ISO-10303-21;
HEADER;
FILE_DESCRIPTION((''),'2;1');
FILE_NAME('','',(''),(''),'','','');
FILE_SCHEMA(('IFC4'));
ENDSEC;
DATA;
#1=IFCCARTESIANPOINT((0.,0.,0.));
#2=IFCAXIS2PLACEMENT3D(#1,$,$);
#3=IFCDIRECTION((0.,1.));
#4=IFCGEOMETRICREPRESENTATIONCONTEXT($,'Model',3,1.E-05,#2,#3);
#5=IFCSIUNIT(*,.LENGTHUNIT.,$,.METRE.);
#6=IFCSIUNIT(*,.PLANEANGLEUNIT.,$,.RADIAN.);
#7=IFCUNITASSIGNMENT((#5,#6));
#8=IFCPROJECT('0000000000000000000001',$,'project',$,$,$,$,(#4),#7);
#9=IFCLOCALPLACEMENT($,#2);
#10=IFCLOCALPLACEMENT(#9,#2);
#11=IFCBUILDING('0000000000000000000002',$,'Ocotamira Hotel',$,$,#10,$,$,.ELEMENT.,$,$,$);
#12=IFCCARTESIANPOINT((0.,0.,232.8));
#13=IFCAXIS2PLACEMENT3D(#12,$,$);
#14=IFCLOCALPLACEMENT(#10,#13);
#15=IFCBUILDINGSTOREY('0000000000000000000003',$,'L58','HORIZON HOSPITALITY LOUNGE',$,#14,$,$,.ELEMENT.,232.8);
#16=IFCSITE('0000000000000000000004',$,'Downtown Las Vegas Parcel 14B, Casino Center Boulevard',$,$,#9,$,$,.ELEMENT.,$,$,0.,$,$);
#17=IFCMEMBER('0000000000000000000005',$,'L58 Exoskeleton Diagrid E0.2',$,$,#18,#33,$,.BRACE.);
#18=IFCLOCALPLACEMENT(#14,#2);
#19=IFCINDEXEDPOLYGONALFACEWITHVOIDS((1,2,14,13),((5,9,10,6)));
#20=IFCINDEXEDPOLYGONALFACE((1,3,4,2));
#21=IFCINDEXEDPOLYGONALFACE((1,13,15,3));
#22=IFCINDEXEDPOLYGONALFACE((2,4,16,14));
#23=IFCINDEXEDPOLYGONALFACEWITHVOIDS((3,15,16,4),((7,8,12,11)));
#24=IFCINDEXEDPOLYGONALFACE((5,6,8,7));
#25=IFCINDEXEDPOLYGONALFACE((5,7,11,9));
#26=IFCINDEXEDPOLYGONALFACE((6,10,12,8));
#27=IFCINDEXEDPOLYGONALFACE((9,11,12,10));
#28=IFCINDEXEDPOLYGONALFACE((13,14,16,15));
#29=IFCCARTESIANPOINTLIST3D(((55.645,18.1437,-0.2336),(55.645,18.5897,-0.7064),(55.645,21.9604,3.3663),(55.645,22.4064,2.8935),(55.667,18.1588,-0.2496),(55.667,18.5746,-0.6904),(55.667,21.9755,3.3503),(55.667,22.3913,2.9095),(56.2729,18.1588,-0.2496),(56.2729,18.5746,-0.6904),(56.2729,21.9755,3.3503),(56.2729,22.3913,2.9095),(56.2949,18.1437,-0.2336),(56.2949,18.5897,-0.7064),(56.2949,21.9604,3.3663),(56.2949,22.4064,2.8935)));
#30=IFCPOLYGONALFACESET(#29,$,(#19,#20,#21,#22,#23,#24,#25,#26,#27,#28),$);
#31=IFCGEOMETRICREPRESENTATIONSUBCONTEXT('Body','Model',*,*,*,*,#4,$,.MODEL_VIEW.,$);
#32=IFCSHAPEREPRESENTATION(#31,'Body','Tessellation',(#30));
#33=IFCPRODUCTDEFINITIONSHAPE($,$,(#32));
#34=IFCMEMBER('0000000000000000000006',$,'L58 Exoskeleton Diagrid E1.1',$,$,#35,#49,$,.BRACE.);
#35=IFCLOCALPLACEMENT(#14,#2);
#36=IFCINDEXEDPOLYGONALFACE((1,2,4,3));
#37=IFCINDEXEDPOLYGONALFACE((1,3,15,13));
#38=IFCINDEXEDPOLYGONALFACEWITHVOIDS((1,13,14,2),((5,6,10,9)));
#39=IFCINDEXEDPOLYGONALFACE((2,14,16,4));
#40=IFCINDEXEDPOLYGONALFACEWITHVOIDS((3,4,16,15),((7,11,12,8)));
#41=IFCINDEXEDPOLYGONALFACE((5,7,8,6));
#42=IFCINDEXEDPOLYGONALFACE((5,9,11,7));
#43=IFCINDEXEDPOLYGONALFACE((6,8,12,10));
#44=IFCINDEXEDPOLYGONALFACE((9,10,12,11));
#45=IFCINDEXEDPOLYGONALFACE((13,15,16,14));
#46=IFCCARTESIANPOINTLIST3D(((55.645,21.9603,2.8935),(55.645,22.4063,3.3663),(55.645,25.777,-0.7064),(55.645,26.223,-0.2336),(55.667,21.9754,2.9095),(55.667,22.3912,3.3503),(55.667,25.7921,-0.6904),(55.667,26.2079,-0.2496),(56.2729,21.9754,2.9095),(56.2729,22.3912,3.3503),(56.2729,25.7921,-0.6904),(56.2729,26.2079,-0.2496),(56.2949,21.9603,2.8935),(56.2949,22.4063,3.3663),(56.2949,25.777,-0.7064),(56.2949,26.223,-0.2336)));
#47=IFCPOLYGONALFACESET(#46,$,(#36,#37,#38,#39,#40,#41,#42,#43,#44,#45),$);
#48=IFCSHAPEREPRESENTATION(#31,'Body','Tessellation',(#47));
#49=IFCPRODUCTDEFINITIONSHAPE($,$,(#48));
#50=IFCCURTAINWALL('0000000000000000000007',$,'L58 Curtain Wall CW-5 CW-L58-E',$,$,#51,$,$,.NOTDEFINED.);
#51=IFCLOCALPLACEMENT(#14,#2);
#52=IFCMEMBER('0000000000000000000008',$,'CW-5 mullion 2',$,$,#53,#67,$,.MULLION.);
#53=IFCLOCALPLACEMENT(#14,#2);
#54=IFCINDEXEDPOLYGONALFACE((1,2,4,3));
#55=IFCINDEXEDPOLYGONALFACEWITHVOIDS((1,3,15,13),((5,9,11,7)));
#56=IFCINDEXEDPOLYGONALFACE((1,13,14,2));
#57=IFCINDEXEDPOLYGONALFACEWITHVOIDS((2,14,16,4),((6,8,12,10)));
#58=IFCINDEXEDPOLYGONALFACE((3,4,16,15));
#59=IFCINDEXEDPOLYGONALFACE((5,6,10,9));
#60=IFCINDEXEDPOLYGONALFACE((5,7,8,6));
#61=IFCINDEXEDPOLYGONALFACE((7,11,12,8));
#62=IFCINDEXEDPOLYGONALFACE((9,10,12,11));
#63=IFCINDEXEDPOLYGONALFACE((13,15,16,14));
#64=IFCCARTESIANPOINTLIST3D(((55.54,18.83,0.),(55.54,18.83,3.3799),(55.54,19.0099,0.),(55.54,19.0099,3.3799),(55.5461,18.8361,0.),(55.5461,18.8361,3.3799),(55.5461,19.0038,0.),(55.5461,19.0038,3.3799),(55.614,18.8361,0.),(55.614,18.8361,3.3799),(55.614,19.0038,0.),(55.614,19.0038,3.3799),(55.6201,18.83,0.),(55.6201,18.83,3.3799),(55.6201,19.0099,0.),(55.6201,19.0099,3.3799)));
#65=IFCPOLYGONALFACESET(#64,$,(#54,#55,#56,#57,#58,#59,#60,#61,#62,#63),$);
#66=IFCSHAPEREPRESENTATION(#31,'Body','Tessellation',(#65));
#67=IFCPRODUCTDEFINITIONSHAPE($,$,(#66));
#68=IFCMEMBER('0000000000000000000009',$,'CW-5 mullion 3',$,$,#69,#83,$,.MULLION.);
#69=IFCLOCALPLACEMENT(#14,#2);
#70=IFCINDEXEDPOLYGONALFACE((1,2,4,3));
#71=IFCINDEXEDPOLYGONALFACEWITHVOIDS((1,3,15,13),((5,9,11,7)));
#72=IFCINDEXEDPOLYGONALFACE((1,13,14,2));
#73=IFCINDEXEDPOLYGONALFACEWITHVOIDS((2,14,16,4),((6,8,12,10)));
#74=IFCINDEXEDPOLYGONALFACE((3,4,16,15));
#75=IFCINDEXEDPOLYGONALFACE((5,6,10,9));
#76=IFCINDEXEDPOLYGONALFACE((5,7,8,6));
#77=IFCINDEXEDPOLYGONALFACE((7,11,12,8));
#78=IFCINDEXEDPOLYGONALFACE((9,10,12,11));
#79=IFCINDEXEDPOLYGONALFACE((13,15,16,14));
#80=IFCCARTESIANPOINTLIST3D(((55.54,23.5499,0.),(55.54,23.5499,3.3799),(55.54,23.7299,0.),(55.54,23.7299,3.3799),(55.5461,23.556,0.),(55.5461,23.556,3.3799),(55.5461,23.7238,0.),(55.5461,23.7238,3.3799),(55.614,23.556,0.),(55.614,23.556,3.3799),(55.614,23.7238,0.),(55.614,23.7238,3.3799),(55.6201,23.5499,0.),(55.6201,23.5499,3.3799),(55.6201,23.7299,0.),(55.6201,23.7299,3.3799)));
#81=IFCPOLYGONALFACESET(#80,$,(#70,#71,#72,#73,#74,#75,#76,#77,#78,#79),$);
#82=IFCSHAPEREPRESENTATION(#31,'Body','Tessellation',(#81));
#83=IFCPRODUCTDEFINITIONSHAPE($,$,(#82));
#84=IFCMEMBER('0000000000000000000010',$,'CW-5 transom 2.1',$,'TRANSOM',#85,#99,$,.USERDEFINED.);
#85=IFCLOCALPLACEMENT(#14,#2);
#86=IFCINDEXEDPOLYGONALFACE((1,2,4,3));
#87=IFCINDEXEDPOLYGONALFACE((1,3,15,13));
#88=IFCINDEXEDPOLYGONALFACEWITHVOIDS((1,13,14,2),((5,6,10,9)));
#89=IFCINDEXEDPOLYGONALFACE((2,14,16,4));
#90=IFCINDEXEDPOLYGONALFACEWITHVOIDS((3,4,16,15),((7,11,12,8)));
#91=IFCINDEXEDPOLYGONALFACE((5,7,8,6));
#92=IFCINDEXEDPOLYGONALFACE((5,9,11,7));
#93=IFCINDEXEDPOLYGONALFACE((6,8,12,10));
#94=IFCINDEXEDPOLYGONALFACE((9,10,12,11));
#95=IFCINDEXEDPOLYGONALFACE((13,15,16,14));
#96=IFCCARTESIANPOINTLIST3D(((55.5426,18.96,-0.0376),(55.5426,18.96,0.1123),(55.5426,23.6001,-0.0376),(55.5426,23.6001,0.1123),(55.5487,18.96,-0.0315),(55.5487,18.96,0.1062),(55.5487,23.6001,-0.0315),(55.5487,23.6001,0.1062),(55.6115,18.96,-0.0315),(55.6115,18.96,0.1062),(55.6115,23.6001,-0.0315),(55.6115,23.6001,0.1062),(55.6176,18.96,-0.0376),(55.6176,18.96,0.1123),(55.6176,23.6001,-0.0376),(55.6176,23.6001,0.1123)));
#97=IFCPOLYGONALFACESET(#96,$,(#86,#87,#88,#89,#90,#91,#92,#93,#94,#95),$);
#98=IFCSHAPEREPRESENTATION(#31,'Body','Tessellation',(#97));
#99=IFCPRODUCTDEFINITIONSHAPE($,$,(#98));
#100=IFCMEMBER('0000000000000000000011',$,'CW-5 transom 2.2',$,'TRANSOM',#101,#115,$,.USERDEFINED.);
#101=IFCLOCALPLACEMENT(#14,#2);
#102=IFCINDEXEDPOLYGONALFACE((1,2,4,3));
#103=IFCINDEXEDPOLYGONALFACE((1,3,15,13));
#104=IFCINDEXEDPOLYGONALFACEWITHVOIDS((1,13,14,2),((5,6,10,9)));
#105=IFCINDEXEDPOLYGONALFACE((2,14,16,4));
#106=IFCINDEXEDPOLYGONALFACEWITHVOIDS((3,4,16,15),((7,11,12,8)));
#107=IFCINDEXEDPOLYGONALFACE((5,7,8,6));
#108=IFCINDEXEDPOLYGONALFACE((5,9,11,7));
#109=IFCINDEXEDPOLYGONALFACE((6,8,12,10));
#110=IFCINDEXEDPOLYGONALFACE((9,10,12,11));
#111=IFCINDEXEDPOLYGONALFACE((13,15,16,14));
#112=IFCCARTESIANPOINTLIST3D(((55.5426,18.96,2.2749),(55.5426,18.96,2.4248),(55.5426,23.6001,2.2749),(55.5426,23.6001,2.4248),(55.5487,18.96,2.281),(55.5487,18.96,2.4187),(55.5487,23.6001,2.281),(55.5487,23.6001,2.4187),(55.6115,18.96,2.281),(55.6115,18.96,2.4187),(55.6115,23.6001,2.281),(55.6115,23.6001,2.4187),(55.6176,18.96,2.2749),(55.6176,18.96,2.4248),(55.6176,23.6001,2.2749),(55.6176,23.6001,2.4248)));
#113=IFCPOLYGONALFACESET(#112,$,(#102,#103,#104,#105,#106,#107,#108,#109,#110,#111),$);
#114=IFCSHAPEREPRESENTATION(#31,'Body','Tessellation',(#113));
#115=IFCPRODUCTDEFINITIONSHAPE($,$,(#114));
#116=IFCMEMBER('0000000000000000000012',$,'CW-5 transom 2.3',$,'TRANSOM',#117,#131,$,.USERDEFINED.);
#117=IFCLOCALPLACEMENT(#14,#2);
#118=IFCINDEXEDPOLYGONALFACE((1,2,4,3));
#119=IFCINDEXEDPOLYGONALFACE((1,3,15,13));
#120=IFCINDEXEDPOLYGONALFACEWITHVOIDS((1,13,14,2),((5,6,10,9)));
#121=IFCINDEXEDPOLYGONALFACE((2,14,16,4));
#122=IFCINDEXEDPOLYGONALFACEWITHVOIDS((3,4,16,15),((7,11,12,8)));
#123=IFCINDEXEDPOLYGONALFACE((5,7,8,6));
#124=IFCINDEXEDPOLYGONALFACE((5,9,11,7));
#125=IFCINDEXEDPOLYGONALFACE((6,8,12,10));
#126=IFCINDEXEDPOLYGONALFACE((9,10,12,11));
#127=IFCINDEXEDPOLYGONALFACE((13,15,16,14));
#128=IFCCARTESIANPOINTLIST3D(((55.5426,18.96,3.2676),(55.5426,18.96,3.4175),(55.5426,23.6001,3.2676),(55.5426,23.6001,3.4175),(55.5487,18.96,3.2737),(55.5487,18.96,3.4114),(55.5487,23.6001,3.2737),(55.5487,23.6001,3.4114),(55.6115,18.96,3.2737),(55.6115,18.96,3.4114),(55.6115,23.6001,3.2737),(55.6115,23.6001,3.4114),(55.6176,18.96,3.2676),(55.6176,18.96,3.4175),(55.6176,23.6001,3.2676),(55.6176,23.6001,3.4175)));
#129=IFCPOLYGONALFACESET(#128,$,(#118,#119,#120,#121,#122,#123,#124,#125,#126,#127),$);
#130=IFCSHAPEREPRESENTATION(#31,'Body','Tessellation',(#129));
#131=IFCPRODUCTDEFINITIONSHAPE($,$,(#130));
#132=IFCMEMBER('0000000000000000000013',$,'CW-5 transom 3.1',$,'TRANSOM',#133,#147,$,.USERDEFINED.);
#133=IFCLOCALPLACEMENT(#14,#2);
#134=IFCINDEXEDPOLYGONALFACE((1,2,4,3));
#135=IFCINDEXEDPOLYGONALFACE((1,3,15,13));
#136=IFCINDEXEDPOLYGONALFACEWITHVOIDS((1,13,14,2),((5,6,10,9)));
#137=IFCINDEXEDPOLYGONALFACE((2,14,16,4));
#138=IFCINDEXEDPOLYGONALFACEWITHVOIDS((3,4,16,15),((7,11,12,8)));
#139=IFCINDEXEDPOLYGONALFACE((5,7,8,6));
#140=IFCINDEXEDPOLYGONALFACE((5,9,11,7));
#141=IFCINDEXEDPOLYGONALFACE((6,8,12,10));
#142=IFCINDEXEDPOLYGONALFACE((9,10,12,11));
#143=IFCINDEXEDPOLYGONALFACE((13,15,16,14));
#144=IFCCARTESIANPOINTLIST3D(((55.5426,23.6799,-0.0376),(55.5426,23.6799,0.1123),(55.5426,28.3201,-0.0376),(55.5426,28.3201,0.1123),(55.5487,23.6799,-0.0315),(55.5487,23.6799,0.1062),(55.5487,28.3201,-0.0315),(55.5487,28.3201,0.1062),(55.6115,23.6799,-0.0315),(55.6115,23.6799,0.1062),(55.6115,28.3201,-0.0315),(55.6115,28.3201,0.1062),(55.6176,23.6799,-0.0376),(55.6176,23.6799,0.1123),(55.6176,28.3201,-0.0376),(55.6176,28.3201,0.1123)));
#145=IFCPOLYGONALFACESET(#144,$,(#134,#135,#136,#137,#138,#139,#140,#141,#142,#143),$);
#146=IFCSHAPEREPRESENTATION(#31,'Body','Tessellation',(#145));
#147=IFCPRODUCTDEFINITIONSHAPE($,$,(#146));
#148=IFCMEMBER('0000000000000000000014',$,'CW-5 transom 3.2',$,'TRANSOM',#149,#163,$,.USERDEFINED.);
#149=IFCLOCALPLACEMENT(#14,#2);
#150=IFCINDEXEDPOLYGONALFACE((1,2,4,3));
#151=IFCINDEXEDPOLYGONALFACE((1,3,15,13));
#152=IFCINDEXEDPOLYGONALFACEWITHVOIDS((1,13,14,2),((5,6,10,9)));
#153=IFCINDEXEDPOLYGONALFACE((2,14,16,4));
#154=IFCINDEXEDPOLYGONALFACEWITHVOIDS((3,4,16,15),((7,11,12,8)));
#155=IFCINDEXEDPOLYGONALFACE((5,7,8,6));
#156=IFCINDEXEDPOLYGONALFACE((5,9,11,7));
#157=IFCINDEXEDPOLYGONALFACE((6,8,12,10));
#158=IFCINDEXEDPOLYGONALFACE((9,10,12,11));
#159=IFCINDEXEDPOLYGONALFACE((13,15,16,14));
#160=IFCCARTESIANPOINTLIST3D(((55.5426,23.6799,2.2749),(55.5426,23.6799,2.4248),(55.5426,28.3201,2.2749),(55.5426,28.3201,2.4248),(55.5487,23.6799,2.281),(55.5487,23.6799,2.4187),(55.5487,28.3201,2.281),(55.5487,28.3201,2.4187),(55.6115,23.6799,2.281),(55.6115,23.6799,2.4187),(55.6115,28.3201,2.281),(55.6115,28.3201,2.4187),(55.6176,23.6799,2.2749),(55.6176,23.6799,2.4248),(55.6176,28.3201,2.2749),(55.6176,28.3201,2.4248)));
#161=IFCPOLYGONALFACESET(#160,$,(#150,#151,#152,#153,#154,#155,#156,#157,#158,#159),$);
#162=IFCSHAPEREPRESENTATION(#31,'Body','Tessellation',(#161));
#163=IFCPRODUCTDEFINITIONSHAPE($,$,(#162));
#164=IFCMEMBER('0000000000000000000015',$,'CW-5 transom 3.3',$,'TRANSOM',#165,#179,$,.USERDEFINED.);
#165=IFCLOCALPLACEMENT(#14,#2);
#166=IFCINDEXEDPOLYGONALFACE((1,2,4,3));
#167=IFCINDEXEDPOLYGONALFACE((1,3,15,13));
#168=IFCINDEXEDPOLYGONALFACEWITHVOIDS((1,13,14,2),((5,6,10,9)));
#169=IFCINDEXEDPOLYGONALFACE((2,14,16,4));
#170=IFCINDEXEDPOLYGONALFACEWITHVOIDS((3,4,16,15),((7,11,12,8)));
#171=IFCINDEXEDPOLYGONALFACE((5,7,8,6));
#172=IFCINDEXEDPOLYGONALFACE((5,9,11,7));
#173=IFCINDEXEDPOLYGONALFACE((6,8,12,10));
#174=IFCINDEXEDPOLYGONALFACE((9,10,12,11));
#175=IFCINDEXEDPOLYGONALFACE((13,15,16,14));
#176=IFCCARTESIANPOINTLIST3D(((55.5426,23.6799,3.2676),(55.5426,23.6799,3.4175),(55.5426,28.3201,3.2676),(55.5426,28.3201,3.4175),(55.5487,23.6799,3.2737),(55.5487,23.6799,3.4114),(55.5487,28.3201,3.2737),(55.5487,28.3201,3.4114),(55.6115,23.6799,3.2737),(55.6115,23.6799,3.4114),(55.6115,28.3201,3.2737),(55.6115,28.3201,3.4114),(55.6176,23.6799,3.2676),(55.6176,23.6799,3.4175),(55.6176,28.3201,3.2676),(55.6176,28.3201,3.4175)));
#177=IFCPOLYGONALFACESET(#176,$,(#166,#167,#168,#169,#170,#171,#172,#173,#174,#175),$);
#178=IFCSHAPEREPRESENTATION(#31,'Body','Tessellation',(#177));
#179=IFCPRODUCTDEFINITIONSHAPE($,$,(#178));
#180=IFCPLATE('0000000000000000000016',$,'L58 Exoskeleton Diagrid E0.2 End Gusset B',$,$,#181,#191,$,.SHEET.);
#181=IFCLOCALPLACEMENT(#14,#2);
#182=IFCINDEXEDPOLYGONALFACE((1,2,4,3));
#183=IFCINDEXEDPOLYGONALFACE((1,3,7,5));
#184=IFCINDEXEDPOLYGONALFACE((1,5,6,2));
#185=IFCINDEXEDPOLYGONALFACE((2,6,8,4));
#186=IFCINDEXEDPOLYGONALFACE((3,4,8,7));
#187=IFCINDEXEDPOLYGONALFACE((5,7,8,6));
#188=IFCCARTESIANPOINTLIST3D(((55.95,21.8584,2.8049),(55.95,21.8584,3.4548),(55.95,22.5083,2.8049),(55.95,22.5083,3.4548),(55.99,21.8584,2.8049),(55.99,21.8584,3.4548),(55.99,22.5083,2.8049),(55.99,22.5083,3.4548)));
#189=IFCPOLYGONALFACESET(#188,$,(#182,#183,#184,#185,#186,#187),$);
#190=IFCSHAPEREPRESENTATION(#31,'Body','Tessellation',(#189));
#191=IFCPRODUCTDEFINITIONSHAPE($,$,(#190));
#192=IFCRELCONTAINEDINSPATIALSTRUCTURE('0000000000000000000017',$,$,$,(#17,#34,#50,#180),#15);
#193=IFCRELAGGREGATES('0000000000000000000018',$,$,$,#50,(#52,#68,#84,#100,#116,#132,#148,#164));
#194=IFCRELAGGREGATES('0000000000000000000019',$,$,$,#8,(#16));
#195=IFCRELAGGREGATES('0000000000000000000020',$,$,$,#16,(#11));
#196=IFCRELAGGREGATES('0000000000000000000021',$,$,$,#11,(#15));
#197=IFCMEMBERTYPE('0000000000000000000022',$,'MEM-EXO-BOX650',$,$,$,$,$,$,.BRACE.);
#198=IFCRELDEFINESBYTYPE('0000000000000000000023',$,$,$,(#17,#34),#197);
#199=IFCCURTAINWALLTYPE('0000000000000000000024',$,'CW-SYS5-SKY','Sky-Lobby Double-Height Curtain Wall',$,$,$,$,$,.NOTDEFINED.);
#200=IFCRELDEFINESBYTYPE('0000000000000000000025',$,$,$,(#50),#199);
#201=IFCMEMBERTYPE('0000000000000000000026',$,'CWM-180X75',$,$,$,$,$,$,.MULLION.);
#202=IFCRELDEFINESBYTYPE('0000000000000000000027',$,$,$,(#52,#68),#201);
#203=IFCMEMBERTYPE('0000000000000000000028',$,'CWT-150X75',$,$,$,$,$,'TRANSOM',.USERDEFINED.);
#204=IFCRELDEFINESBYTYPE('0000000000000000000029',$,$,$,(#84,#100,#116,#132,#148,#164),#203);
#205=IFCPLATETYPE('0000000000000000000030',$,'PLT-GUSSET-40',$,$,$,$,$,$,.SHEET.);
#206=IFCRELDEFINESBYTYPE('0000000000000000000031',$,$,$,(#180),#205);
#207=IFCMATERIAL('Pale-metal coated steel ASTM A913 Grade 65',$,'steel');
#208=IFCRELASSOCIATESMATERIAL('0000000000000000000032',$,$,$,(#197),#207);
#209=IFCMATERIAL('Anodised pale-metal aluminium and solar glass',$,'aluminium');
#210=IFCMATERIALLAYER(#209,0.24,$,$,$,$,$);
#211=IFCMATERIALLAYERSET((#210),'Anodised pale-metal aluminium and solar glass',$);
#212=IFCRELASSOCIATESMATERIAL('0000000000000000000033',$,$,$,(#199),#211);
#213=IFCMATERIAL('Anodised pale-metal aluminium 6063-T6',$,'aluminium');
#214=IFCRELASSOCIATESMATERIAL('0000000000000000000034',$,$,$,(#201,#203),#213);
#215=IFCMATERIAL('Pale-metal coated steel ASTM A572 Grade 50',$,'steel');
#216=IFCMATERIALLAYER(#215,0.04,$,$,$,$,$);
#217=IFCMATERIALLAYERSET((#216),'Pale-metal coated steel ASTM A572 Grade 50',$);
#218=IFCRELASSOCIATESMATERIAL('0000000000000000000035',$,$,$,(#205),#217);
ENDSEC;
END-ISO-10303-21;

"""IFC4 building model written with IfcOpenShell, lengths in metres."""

from ifc_helpers import new_model, si_unit, direction, frame, origin, origin_2d, place, context, subcontext, project, spatial, rectangle, hollow_rectangle, extrude, source, transform, mapped, material, layer, layer_set, material_profile, profile_set, type_object, element, aggregate, save


model = new_model("IFC4")

# Units and contexts
model_context = context("Model", 3, precision=1e-05, world=origin(), true_north=direction((0.0, 1.0)))
body_context = subcontext(model_context, "Body", "Model", "MODEL_VIEW")
ifc_project = project(units=[si_unit("LENGTHUNIT", "METRE"), si_unit("PLANEANGLEUNIT", "RADIAN")], contexts=[model_context])

# Site, building, storey
site_placement = place(None, origin())
site = spatial("IfcSite", under=ifc_project, at=site_placement, Name="Downtown Las Vegas Parcel 14B, Casino Center Boulevard", CompositionType="ELEMENT", RefElevation=0.0)
building_placement = place(site_placement, origin())
building = spatial("IfcBuilding", under=site, at=building_placement, Name="Ocotamira Hotel", CompositionType="ELEMENT")
storey_placement = place(building_placement, frame((0.0, 0.0, 232.8)))
storey = spatial("IfcBuildingStorey", under=building, at=storey_placement, Name="L58", Description="HORIZON HOSPITALITY LOUNGE", CompositionType="ELEMENT", Elevation=232.8)

# Members
ifc_material_1 = material(Name="Pale-metal coated steel ASTM A913 Grade 65", Category="steel")
ifc_material_profile_1 = material_profile(ifc_material_1, hollow_rectangle(XDim=0.6499, YDim=0.6499, WallThickness=0.022, at=origin_2d()), Name="BOX650X650X22")
ifc_profile_set_1 = profile_set([ifc_material_profile_1], Name="Pale-metal coated steel ASTM A913 Grade 65")
member_type_1 = type_object("IfcMemberType", Name="MEM-EXO-BOX650", PredefinedType="BRACE", material=ifc_profile_set_1)
shared_shape_1 = source(origin(), body_context, "Body", "SweptSolid", [
    extrude(hollow_rectangle(XDim=0.6499, YDim=0.6499, WallThickness=0.022, at=origin_2d()), origin(), (0.0, 0.0, 1.0), 5.2466),
])
for number, where, z_axis, x_axis, name in (
    (1, (55.97, 18.3667, -0.47), (0.0, 0.727466, 0.686144), (-1.0, 0.0, 0.0), "L58 Exoskeleton Diagrid E0.2"),
    (2, (55.97, 26.0, -0.47), (0.0, -0.727466, 0.686144), (1.0, 0.0, 0.0), "L58 Exoskeleton Diagrid E1.1"),
):
    element("IfcMember", number, at=place(storey_placement, frame(where, z_axis=z_axis, x_axis=x_axis)), inside=storey, type_object=member_type_1, Name=name, PredefinedType="BRACE", context=body_context, shape_type="MappedRepresentation", body=[
        mapped(shared_shape_1, transform((0.0, 0.0, 0.0), scale=1.0)),
    ])

# Curtain wall, members
ifc_material_2 = material(Name="Anodised pale-metal aluminium and solar glass", Category="aluminium")
ifc_layer_1 = layer(ifc_material_2, 0.24)
ifc_layer_set_1 = layer_set([ifc_layer_1], Name="Anodised pale-metal aluminium and solar glass")
curtain_wall_type = type_object("IfcCurtainWallType", Name="CW-SYS5-SKY", Description="Sky-Lobby Double-Height Curtain Wall", PredefinedType="NOTDEFINED", material=ifc_layer_set_1)
curtain_wall_placement = place(storey_placement, origin())
curtain_wall = element("IfcCurtainWall", 3, at=curtain_wall_placement, inside=storey, type_object=curtain_wall_type, Name="L58 Curtain Wall CW-5 CW-L58-E", PredefinedType="NOTDEFINED")
ifc_material_3 = material(Name="Anodised pale-metal aluminium 6063-T6", Category="aluminium")
ifc_material_profile_2 = material_profile(ifc_material_3, hollow_rectangle(XDim=0.0801, YDim=0.1799, WallThickness=0.0061, at=origin_2d()), Name="HSS180X80X6")
ifc_profile_set_2 = profile_set([ifc_material_profile_2], Name="Anodised pale-metal aluminium 6063-T6")
member_type_2 = type_object("IfcMemberType", Name="CWM-180X75", PredefinedType="MULLION", material=ifc_profile_set_2)
shared_shape_2 = source(origin(), body_context, "Body", "SweptSolid", [
    extrude(hollow_rectangle(XDim=0.0801, YDim=0.1799, WallThickness=0.0061, at=origin_2d()), origin(), (0.0, 0.0, 1.0), 3.3799),
])
member_1_placement = place(storey_placement, frame((55.5801, 18.9199, 0.0), z_axis=(0.0, 0.0, 1.0), x_axis=(-1.0, 0.0, 0.0)))
member_1 = element("IfcMember", 4, at=member_1_placement, type_object=member_type_2, Name="CW-5 mullion 2", PredefinedType="MULLION", context=body_context, shape_type="MappedRepresentation", body=[
    mapped(shared_shape_2, transform((0.0, 0.0, 0.0), scale=1.0)),
])
member_2_placement = place(storey_placement, frame((55.5801, 23.6399, 0.0), z_axis=(0.0, 0.0, 1.0), x_axis=(-1.0, 0.0, 0.0)))
member_2 = element("IfcMember", 5, at=member_2_placement, type_object=member_type_2, Name="CW-5 mullion 3", PredefinedType="MULLION", context=body_context, shape_type="MappedRepresentation", body=[
    mapped(shared_shape_2, transform((0.0, 0.0, 0.0), scale=1.0)),
])
ifc_material_profile_3 = material_profile(ifc_material_3, hollow_rectangle(XDim=0.075, YDim=0.1499, WallThickness=0.0061, at=origin_2d()), Name="HSS150X75X6")
ifc_profile_set_3 = profile_set([ifc_material_profile_3], Name="Anodised pale-metal aluminium 6063-T6")
member_type_3 = type_object("IfcMemberType", Name="CWT-150X75", ElementType="TRANSOM", PredefinedType="USERDEFINED", material=ifc_profile_set_3)
shared_shape_3 = source(origin(), body_context, "Body", "SweptSolid", [
    extrude(hollow_rectangle(XDim=0.075, YDim=0.1499, WallThickness=0.0061, at=origin_2d()), origin(), (0.0, 0.0, 1.0), 4.6401),
])
member_3_placement = place(storey_placement, frame((55.5801, 18.96, 0.0374), z_axis=(0.0, 1.0, 0.0), x_axis=(-1.0, 0.0, 0.0)))
member_3 = element("IfcMember", 6, at=member_3_placement, type_object=member_type_3, Name="CW-5 transom 2.1", ObjectType="TRANSOM", PredefinedType="USERDEFINED", context=body_context, shape_type="MappedRepresentation", body=[
    mapped(shared_shape_3, transform((0.0, 0.0, 0.0), scale=1.0)),
])
member_4_placement = place(storey_placement, frame((55.5801, 18.96, 2.3499), z_axis=(0.0, 1.0, 0.0), x_axis=(-1.0, 0.0, 0.0)))
member_4 = element("IfcMember", 7, at=member_4_placement, type_object=member_type_3, Name="CW-5 transom 2.2", ObjectType="TRANSOM", PredefinedType="USERDEFINED", context=body_context, shape_type="MappedRepresentation", body=[
    mapped(shared_shape_3, transform((0.0, 0.0, 0.0), scale=1.0)),
])
member_5_placement = place(storey_placement, frame((55.5801, 18.96, 3.3425), z_axis=(0.0, 1.0, 0.0), x_axis=(-1.0, 0.0, 0.0)))
member_5 = element("IfcMember", 8, at=member_5_placement, type_object=member_type_3, Name="CW-5 transom 2.3", ObjectType="TRANSOM", PredefinedType="USERDEFINED", context=body_context, shape_type="MappedRepresentation", body=[
    mapped(shared_shape_3, transform((0.0, 0.0, 0.0), scale=1.0)),
])
member_6_placement = place(storey_placement, frame((55.5801, 23.6799, 0.0374), z_axis=(0.0, 1.0, 0.0), x_axis=(-1.0, 0.0, 0.0)))
member_6 = element("IfcMember", 9, at=member_6_placement, type_object=member_type_3, Name="CW-5 transom 3.1", ObjectType="TRANSOM", PredefinedType="USERDEFINED", context=body_context, shape_type="MappedRepresentation", body=[
    mapped(shared_shape_3, transform((0.0, 0.0, 0.0), scale=1.0)),
])
member_7_placement = place(storey_placement, frame((55.5801, 23.6799, 2.3499), z_axis=(0.0, 1.0, 0.0), x_axis=(-1.0, 0.0, 0.0)))
member_7 = element("IfcMember", 10, at=member_7_placement, type_object=member_type_3, Name="CW-5 transom 3.2", ObjectType="TRANSOM", PredefinedType="USERDEFINED", context=body_context, shape_type="MappedRepresentation", body=[
    mapped(shared_shape_3, transform((0.0, 0.0, 0.0), scale=1.0)),
])
member_8_placement = place(storey_placement, frame((55.5801, 23.6799, 3.3425), z_axis=(0.0, 1.0, 0.0), x_axis=(-1.0, 0.0, 0.0)))
member_8 = element("IfcMember", 11, at=member_8_placement, type_object=member_type_3, Name="CW-5 transom 3.3", ObjectType="TRANSOM", PredefinedType="USERDEFINED", context=body_context, shape_type="MappedRepresentation", body=[
    mapped(shared_shape_3, transform((0.0, 0.0, 0.0), scale=1.0)),
])

# Plate
ifc_material_4 = material(Name="Pale-metal coated steel ASTM A572 Grade 50", Category="steel")
ifc_layer_2 = layer(ifc_material_4, 0.04)
ifc_layer_set_2 = layer_set([ifc_layer_2], Name="Pale-metal coated steel ASTM A572 Grade 50")
plate_type_1 = type_object("IfcPlateType", Name="PLT-GUSSET-40", PredefinedType="SHEET", material=ifc_layer_set_2)
shared_shape_4 = source(origin(), body_context, "Body", "SweptSolid", [
    extrude(rectangle(XDim=0.04, YDim=0.6499, at=origin_2d()), origin(), (0.0, 0.0, 1.0), 0.6499),
])
plate_1_placement = place(storey_placement, frame((55.97, 22.1833, 2.8049), z_axis=(0.0, 0.0, 1.0), x_axis=(1.0, 0.0, 0.0)))
element("IfcPlate", 12, at=plate_1_placement, inside=storey, type_object=plate_type_1, Name="L58 Exoskeleton Diagrid E0.2 End Gusset B", PredefinedType="SHEET", context=body_context, shape_type="MappedRepresentation", body=[
    mapped(shared_shape_4, transform((0.0, 0.0, 0.0), scale=1.0)),
])
aggregate(curtain_wall, [member_1, member_2, member_3, member_4, member_5, member_6, member_7, member_8])

save(model, "model.ifc")
